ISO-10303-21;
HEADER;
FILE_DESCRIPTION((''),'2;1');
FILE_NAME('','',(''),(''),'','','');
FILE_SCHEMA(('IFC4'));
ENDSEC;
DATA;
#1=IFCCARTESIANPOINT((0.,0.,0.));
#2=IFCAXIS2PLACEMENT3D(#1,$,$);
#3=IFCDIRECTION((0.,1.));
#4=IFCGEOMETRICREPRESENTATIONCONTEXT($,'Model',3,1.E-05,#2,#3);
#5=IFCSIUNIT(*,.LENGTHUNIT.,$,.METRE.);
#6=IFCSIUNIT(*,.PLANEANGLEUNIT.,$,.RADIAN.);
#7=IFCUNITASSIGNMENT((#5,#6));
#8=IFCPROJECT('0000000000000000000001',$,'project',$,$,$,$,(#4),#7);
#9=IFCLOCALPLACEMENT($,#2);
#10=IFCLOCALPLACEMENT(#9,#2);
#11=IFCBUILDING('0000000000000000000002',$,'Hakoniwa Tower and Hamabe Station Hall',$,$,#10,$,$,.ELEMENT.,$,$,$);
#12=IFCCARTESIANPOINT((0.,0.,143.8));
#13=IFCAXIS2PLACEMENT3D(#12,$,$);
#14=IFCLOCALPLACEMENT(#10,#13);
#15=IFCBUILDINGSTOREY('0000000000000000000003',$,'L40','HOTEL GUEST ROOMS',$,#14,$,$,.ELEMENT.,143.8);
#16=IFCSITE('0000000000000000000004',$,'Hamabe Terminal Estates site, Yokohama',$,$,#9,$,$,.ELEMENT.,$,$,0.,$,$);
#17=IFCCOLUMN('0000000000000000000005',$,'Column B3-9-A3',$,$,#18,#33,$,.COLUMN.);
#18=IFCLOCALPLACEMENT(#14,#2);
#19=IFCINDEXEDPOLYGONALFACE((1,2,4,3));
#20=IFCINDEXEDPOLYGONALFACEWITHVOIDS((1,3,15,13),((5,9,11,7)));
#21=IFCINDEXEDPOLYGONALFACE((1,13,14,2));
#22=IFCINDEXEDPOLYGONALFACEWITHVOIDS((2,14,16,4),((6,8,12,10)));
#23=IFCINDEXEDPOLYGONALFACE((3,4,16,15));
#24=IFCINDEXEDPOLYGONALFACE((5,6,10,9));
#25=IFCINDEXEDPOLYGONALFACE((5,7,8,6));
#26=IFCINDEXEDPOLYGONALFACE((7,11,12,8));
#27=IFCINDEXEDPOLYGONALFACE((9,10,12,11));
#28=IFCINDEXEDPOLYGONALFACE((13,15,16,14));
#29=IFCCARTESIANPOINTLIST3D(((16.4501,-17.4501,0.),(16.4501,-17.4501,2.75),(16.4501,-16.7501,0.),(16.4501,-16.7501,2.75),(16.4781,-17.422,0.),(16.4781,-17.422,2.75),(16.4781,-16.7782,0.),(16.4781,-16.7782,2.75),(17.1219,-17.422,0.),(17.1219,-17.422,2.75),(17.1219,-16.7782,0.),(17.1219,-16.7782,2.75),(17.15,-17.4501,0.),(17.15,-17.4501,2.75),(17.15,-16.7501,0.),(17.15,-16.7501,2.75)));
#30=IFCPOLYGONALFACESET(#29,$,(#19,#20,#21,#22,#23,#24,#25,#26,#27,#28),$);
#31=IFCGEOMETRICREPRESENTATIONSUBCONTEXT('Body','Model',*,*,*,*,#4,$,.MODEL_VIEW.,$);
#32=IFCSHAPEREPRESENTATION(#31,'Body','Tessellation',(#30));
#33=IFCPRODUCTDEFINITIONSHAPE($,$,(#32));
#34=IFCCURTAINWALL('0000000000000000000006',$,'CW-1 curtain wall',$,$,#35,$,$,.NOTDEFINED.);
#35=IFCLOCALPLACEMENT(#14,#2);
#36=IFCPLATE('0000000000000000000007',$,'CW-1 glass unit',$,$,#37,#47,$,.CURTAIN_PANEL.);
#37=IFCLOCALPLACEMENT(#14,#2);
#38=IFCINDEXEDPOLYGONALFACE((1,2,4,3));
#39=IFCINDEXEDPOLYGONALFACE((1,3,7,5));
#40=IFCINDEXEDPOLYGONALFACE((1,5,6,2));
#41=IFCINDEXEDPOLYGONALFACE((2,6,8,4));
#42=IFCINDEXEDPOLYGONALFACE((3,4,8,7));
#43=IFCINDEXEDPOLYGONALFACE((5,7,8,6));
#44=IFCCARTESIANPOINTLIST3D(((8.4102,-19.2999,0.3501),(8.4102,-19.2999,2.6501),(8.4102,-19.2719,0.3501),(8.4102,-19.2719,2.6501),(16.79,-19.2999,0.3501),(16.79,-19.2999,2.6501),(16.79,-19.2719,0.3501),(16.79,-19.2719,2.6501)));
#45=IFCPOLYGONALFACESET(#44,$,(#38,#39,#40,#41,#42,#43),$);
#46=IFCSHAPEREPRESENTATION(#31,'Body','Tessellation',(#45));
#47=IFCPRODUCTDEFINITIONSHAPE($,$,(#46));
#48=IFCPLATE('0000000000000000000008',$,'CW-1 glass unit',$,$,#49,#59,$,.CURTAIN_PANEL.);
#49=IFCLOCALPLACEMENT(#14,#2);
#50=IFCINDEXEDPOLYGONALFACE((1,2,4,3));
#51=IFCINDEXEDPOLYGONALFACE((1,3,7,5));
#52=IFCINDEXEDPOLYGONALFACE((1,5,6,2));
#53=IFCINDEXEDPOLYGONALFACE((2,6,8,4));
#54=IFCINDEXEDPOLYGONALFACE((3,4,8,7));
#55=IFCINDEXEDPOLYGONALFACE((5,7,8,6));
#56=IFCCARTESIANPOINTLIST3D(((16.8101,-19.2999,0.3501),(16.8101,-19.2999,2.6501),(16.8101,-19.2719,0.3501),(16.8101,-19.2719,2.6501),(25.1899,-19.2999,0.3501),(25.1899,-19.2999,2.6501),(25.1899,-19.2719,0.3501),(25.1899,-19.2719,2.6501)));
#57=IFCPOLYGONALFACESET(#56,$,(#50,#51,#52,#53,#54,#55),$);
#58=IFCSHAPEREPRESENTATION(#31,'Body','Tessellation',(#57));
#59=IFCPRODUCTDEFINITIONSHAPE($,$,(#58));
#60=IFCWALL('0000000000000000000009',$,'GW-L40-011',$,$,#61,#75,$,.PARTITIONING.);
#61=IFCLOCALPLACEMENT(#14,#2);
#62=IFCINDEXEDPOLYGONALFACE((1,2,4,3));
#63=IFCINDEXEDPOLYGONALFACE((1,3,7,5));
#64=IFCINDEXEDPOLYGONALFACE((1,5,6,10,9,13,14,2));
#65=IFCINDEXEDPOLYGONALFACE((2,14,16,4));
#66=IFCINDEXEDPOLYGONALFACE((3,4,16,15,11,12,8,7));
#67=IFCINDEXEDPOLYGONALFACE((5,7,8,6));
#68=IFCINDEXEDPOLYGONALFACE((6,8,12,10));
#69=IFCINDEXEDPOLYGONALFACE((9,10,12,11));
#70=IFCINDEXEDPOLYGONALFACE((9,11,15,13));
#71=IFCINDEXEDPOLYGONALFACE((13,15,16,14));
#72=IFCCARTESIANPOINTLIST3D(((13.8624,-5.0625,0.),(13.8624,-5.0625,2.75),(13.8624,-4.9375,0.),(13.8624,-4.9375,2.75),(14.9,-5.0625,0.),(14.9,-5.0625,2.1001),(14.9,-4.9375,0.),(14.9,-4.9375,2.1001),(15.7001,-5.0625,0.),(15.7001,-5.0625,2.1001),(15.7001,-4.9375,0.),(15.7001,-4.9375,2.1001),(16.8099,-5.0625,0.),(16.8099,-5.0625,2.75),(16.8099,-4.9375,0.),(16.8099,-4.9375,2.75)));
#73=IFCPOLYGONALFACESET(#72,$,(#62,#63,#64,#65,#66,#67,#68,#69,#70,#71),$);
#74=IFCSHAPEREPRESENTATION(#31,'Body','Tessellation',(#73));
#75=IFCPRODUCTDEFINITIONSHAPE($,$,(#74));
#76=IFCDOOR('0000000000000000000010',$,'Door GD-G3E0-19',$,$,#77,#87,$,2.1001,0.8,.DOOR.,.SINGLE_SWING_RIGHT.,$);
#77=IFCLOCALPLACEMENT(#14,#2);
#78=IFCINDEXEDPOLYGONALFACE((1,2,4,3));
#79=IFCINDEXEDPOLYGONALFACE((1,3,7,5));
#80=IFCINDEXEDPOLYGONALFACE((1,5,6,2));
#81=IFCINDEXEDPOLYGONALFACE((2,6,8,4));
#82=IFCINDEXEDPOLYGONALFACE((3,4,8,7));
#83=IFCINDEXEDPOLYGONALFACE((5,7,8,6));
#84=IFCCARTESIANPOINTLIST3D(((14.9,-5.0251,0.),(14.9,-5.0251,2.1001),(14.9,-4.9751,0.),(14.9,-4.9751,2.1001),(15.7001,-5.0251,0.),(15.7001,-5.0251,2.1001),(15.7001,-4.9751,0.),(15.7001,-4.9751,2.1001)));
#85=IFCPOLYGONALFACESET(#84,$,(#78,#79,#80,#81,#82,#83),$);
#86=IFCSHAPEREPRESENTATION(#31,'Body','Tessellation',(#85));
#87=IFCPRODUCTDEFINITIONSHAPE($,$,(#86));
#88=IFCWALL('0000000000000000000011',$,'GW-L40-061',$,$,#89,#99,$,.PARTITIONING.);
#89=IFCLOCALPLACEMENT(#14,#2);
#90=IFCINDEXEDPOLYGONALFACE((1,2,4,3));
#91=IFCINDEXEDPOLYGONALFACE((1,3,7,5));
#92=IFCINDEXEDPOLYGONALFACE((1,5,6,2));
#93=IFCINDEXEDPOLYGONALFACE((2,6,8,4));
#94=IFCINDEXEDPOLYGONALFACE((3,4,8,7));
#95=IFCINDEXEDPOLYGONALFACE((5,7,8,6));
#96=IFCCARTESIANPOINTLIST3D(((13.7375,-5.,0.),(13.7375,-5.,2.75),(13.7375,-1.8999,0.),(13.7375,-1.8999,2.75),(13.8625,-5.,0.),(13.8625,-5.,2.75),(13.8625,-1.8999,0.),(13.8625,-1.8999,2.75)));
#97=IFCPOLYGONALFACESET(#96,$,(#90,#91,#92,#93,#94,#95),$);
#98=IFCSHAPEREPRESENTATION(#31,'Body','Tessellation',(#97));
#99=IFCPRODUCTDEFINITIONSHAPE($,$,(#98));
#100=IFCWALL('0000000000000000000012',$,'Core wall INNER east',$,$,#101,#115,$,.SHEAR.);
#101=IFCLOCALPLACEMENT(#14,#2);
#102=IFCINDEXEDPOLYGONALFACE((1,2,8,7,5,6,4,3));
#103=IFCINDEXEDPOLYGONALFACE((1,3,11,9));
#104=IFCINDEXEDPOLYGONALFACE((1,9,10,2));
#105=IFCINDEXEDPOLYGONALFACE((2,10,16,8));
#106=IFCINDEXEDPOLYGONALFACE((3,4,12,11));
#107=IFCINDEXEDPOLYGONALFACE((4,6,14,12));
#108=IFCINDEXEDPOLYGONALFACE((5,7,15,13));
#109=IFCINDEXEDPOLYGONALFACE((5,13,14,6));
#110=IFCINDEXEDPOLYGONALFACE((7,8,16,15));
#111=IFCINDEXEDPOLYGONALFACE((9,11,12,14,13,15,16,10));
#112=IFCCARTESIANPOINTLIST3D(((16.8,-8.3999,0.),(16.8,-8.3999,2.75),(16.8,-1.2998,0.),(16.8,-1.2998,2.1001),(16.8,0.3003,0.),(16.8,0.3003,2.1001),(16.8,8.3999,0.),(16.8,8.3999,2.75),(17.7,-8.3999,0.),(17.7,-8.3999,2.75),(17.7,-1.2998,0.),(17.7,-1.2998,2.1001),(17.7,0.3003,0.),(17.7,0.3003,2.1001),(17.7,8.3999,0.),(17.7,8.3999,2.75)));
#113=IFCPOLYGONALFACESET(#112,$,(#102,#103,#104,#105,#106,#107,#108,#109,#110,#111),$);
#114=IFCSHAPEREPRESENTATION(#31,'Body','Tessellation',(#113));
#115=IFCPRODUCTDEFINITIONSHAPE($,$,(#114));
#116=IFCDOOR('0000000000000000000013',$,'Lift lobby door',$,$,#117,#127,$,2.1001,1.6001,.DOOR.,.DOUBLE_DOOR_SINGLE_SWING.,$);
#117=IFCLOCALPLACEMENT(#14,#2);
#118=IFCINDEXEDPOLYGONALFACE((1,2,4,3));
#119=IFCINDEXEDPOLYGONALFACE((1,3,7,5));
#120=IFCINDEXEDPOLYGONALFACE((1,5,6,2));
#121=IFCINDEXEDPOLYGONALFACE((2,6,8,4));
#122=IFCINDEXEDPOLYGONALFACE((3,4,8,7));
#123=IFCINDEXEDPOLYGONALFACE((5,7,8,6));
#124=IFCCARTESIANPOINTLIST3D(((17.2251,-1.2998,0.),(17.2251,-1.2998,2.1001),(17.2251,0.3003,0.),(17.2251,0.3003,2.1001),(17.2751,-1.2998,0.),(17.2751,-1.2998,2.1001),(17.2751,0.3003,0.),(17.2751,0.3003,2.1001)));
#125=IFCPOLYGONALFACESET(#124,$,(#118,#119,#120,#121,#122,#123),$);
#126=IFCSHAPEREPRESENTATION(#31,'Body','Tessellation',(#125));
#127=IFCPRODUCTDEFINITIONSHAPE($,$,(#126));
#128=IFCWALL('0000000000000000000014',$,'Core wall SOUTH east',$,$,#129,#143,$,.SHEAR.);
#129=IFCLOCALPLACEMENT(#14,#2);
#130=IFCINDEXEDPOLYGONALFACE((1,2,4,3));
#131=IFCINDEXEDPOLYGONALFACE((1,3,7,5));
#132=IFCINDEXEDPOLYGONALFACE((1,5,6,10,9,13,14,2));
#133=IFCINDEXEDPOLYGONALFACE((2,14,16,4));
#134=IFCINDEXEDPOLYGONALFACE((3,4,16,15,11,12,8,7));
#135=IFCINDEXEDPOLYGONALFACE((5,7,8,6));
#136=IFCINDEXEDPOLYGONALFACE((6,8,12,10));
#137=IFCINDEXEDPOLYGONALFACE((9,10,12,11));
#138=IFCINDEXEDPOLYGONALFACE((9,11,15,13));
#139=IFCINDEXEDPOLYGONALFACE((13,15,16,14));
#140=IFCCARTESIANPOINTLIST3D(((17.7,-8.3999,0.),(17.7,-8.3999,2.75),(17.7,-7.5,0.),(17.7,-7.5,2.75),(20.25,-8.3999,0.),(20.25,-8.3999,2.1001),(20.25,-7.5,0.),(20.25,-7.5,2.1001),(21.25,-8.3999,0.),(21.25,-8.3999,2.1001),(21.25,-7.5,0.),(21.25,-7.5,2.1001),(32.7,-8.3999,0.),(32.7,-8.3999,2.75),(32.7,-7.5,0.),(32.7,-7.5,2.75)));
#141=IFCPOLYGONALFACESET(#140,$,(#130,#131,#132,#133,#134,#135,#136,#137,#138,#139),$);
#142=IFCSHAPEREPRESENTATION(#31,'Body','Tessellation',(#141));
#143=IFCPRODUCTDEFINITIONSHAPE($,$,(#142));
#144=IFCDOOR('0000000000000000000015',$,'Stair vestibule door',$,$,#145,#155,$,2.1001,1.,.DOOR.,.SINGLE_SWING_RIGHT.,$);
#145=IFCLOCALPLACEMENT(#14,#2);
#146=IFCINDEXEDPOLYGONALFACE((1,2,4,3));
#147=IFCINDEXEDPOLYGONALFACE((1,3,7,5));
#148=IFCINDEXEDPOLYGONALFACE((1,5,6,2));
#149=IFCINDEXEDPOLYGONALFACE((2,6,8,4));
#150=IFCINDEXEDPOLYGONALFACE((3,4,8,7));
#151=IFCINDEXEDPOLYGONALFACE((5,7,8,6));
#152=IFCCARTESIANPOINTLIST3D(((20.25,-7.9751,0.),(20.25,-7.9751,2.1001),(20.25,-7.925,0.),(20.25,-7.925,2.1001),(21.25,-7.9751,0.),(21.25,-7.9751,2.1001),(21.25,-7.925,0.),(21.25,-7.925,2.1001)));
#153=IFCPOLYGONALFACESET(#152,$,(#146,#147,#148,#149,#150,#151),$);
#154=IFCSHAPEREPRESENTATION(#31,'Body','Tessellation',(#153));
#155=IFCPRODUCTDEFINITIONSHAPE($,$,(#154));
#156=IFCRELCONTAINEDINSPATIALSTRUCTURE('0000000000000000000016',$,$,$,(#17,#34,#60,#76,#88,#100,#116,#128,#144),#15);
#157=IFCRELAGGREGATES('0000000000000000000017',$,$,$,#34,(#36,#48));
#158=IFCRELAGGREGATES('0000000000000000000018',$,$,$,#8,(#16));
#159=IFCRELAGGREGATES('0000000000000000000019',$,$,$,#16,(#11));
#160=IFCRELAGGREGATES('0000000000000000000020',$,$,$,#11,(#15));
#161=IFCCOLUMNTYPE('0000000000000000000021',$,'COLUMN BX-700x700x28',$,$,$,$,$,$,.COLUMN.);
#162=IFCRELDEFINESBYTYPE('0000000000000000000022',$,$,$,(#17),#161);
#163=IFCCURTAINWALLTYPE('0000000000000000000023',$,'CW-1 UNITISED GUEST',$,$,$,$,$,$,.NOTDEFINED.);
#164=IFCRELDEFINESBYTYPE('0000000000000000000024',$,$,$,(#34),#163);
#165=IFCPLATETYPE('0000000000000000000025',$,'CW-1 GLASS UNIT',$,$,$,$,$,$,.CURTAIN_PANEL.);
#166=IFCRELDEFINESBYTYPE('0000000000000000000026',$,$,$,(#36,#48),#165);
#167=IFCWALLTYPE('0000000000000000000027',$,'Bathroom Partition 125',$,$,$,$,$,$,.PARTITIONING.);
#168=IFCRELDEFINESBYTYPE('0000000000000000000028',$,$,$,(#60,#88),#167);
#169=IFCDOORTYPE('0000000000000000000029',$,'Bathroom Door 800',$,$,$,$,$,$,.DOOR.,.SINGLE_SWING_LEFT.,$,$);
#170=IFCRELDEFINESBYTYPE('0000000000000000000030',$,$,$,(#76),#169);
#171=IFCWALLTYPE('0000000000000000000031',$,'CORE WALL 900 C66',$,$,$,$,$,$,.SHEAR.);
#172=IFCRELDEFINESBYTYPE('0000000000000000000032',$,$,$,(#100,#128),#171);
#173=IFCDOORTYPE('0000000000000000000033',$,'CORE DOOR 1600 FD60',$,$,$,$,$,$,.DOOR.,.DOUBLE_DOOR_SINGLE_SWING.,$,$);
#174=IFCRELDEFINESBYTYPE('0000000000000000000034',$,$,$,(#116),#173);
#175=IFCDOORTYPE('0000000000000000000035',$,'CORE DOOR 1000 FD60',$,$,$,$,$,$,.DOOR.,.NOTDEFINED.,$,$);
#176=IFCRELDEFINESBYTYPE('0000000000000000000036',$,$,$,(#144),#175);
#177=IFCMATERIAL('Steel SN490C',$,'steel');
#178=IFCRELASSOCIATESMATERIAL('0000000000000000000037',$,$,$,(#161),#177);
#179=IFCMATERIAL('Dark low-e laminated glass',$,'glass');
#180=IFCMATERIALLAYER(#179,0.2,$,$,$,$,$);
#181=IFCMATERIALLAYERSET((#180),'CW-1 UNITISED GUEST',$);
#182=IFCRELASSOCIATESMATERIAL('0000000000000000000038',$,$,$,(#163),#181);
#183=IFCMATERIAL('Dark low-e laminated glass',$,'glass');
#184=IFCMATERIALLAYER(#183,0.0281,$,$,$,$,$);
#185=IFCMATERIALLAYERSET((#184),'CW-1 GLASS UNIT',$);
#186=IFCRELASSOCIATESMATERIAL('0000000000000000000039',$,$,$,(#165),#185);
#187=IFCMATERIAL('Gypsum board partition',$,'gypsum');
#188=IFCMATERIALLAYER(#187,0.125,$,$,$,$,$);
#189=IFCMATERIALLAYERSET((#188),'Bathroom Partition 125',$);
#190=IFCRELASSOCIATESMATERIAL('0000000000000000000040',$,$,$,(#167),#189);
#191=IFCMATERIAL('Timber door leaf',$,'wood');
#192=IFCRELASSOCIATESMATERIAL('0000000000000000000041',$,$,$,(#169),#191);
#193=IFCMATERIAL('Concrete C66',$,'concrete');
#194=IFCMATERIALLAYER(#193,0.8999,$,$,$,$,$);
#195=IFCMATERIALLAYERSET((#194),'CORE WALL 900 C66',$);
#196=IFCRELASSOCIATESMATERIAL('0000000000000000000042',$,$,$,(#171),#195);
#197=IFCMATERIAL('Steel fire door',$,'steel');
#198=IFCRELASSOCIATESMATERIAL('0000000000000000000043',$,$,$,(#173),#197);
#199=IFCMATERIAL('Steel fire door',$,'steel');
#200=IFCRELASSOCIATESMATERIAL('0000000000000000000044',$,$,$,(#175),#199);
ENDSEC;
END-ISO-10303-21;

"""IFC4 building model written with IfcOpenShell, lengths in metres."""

from ifc_helpers import new_model, si_unit, direction, frame, frame_2d, origin, origin_2d, place, context, subcontext, project, spatial, rectangle, hollow_rectangle, extrude, material, layer, layer_set, material_profile, profile_set, type_object, element, fill, aggregate, save


model = new_model("IFC4")

# Units and contexts
model_context = context("Model", 3, precision=1e-05, world=origin(), true_north=direction((0.0, 1.0)))
body_context = subcontext(model_context, "Body", "Model", "MODEL_VIEW")
ifc_project = project(units=[si_unit("LENGTHUNIT", "METRE"), si_unit("PLANEANGLEUNIT", "RADIAN")], contexts=[model_context])

# Site, building, storey
site_placement = place(None, origin())
site = spatial("IfcSite", under=ifc_project, at=site_placement, Name="Hamabe Terminal Estates site, Yokohama", CompositionType="ELEMENT", RefElevation=0.0)
building_placement = place(site_placement, origin())
building = spatial("IfcBuilding", under=site, at=building_placement, Name="Hakoniwa Tower and Hamabe Station Hall", CompositionType="ELEMENT")
storey_placement = place(building_placement, frame((0.0, 0.0, 143.8)))
storey = spatial("IfcBuildingStorey", under=building, at=storey_placement, Name="L40", Description="HOTEL GUEST ROOMS", CompositionType="ELEMENT", Elevation=143.8)

# Column
ifc_material_1 = material(Name="Steel SN490C", Category="steel")
ifc_material_profile = material_profile(ifc_material_1, hollow_rectangle(XDim=0.7, YDim=0.7, WallThickness=0.0281, at=origin_2d()), Name="BX-700x700x28")
ifc_profile_set = profile_set([ifc_material_profile], Name="Steel SN490C")
column_type = type_object("IfcColumnType", Name="COLUMN BX-700x700x28", PredefinedType="COLUMN", material=ifc_profile_set)
column_placement = place(storey_placement, frame((16.8, -17.1001, 0.0), z_axis=(0.0, 0.0, 1.0), x_axis=(1.0, 0.0, 0.0)))
element("IfcColumn", 1, at=column_placement, inside=storey, type_object=column_type, Name="Column B3-9-A3", PredefinedType="COLUMN", context=body_context, shape_type="SweptSolid", body=[
    extrude(hollow_rectangle(XDim=0.7, YDim=0.7, WallThickness=0.0281, at=origin_2d()), origin(), (0.0, 0.0, 1.0), 2.75),
])

# Curtain wall, plates
ifc_material_2 = material(Name="Dark low-e laminated glass", Category="glass")
ifc_layer_1 = layer(ifc_material_2, 0.2)
ifc_layer_set_1 = layer_set([ifc_layer_1], Name="CW-1 UNITISED GUEST")
curtain_wall_type = type_object("IfcCurtainWallType", Name="CW-1 UNITISED GUEST", PredefinedType="NOTDEFINED", material=ifc_layer_set_1)
curtain_wall_placement = place(storey_placement, origin())
curtain_wall = element("IfcCurtainWall", 2, at=curtain_wall_placement, inside=storey, type_object=curtain_wall_type, Name="CW-1 curtain wall", PredefinedType="NOTDEFINED")
ifc_material_3 = material(Name="Dark low-e laminated glass", Category="glass")
ifc_layer_2 = layer(ifc_material_3, 0.0281)
ifc_layer_set_2 = layer_set([ifc_layer_2], Name="CW-1 GLASS UNIT")
plate_type = type_object("IfcPlateType", Name="CW-1 GLASS UNIT", PredefinedType="CURTAIN_PANEL", material=ifc_layer_set_2)
plate_1_placement = place(storey_placement, frame((12.6001, -19.2859, 0.3501), z_axis=(0.0, 0.0, 1.0), x_axis=(1.0, 0.0, 0.0)))
plate_1 = element("IfcPlate", 3, at=plate_1_placement, type_object=plate_type, Name="CW-1 glass unit", PredefinedType="CURTAIN_PANEL", context=body_context, shape_type="SweptSolid", body=[
    extrude(rectangle(XDim=8.3799, YDim=0.0281, at=origin_2d()), origin(), (0.0, 0.0, 1.0), 2.3),
])
plate_2_placement = place(storey_placement, frame((21.0, -19.2859, 0.3501), z_axis=(0.0, 0.0, 1.0), x_axis=(1.0, 0.0, 0.0)))
plate_2 = element("IfcPlate", 4, at=plate_2_placement, type_object=plate_type, Name="CW-1 glass unit", PredefinedType="CURTAIN_PANEL", context=body_context, shape_type="SweptSolid", body=[
    extrude(rectangle(XDim=8.3799, YDim=0.0281, at=origin_2d()), origin(), (0.0, 0.0, 1.0), 2.3),
])
aggregate(curtain_wall, [plate_1, plate_2])

# Wall, opening, door
ifc_material_4 = material(Name="Gypsum board partition", Category="gypsum")
ifc_layer_3 = layer(ifc_material_4, 0.125)
ifc_layer_set_3 = layer_set([ifc_layer_3], Name="Bathroom Partition 125")
wall_type_1 = type_object("IfcWallType", Name="Bathroom Partition 125", PredefinedType="PARTITIONING", material=ifc_layer_set_3)
wall_1_placement = place(storey_placement, frame((13.8625, -5.0, 0.0), z_axis=(0.0, 0.0, 1.0), x_axis=(1.0, 0.0, 0.0)))
wall_1 = element("IfcWall", 5, at=wall_1_placement, inside=storey, type_object=wall_type_1, Name="GW-L40-011", PredefinedType="PARTITIONING", context=body_context, shape_type="SweptSolid", body=[
    extrude(rectangle(XDim=2.9475, YDim=0.125, at=frame_2d((1.4736, 0.0))), origin(), (0.0, 0.0, 1.0), 2.75),
])
opening_1_placement = place(wall_1_placement, frame((1.0376, 0.0, 0.0)))
opening_1 = element("IfcOpeningElement", 6, at=opening_1_placement, cuts=wall_1, PredefinedType="OPENING", context=body_context, shape_type="SweptSolid", body=[
    extrude(rectangle(XDim=0.8, YDim=2.1001, at=frame_2d((0.3999, 1.05))), frame((0.0, 0.0725, 0.0), z_axis=(0.0, -1.0, 0.0), x_axis=(1.0, 0.0, 0.0)), (0.0, 0.0, 1.0), 0.145),
])
ifc_material_5 = material(Name="Timber door leaf", Category="wood")
door_type_1 = type_object("IfcDoorType", Name="Bathroom Door 800", OperationType="SINGLE_SWING_LEFT", PredefinedType="DOOR", material=ifc_material_5)
door_1_placement = place(opening_1_placement, origin())
door_1 = element("IfcDoor", 7, at=door_1_placement, inside=storey, type_object=door_type_1, Name="Door GD-G3E0-19", OperationType="SINGLE_SWING_RIGHT", OverallHeight=2.1001, OverallWidth=0.8, PredefinedType="DOOR", context=body_context, shape_type="SweptSolid", body=[
    extrude(rectangle(XDim=0.8, YDim=2.1001, at=frame_2d((0.3999, 1.05))), frame((0.0, 0.0249, 0.0), z_axis=(0.0, -1.0, 0.0), x_axis=(1.0, 0.0, 0.0)), (0.0, 0.0, 1.0), 0.05),
])
fill(opening_1, door_1)

# Wall
wall_2_placement = place(storey_placement, frame((13.8, -5.0, 0.0), z_axis=(0.0, 0.0, 1.0), x_axis=(0.0, 1.0, 0.0)))
element("IfcWall", 8, at=wall_2_placement, inside=storey, type_object=wall_type_1, Name="GW-L40-061", PredefinedType="PARTITIONING", context=body_context, shape_type="SweptSolid", body=[
    extrude(rectangle(XDim=3.1001, YDim=0.125, at=frame_2d((1.55, 0.0))), origin(), (0.0, 0.0, 1.0), 2.75),
])

# Walls, openings, doors
ifc_material_6 = material(Name="Concrete C66", Category="concrete")
ifc_layer_4 = layer(ifc_material_6, 0.8999)
ifc_layer_set_4 = layer_set([ifc_layer_4], Name="CORE WALL 900 C66")
wall_type_2 = type_object("IfcWallType", Name="CORE WALL 900 C66", PredefinedType="SHEAR", material=ifc_layer_set_4)
wall_3_placement = place(storey_placement, frame((17.25, -8.3999, 0.0), z_axis=(0.0, 0.0, 1.0), x_axis=(0.0, 1.0, 0.0)))
wall_3 = element("IfcWall", 9, at=wall_3_placement, inside=storey, type_object=wall_type_2, Name="Core wall INNER east", PredefinedType="SHEAR", context=body_context, shape_type="SweptSolid", body=[
    extrude(rectangle(XDim=16.7998, YDim=0.8999, at=frame_2d((8.3999, 0.0))), origin(), (0.0, 0.0, 1.0), 2.75),
])
opening_2_placement = place(wall_3_placement, frame((7.1001, 0.0, 0.0)))
opening_2 = element("IfcOpeningElement", 10, at=opening_2_placement, cuts=wall_3, PredefinedType="OPENING", context=body_context, shape_type="SweptSolid", body=[
    extrude(rectangle(XDim=1.6001, YDim=2.1001, at=frame_2d((0.8, 1.05))), frame((0.0, 0.46, 0.0), z_axis=(0.0, -1.0, 0.0), x_axis=(1.0, 0.0, 0.0)), (0.0, 0.0, 1.0), 0.9199),
])
ifc_material_7 = material(Name="Steel fire door", Category="steel")
door_type_2 = type_object("IfcDoorType", Name="CORE DOOR 1600 FD60", OperationType="DOUBLE_DOOR_SINGLE_SWING", PredefinedType="DOOR", material=ifc_material_7)
door_2_placement = place(opening_2_placement, origin())
door_2 = element("IfcDoor", 11, at=door_2_placement, inside=storey, type_object=door_type_2, Name="Lift lobby door", OperationType="DOUBLE_DOOR_SINGLE_SWING", OverallHeight=2.1001, OverallWidth=1.6001, PredefinedType="DOOR", context=body_context, shape_type="SweptSolid", body=[
    extrude(rectangle(XDim=1.6001, YDim=2.1001, at=frame_2d((0.8, 1.05))), frame((0.0, 0.0249, 0.0), z_axis=(0.0, -1.0, 0.0), x_axis=(1.0, 0.0, 0.0)), (0.0, 0.0, 1.0), 0.05),
])
fill(opening_2, door_2)
wall_4_placement = place(storey_placement, frame((17.7, -7.95, 0.0), z_axis=(0.0, 0.0, 1.0), x_axis=(1.0, 0.0, 0.0)))
wall_4 = element("IfcWall", 12, at=wall_4_placement, inside=storey, type_object=wall_type_2, Name="Core wall SOUTH east", PredefinedType="SHEAR", context=body_context, shape_type="SweptSolid", body=[
    extrude(rectangle(XDim=15.0, YDim=0.8999, at=frame_2d((7.5, 0.0))), origin(), (0.0, 0.0, 1.0), 2.75),
])
opening_3_placement = place(wall_4_placement, frame((2.55, 0.0, 0.0)))
opening_3 = element("IfcOpeningElement", 13, at=opening_3_placement, cuts=wall_4, PredefinedType="OPENING", context=body_context, shape_type="SweptSolid", body=[
    extrude(rectangle(XDim=1.0, YDim=2.1001, at=frame_2d((0.5, 1.05))), frame((0.0, 0.46, 0.0), z_axis=(0.0, -1.0, 0.0), x_axis=(1.0, 0.0, 0.0)), (0.0, 0.0, 1.0), 0.9199),
])
ifc_material_8 = material(Name="Steel fire door", Category="steel")
door_type_3 = type_object("IfcDoorType", Name="CORE DOOR 1000 FD60", OperationType="NOTDEFINED", PredefinedType="DOOR", material=ifc_material_8)
door_3_placement = place(opening_3_placement, origin())
door_3 = element("IfcDoor", 14, at=door_3_placement, inside=storey, type_object=door_type_3, Name="Stair vestibule door", OperationType="SINGLE_SWING_RIGHT", OverallHeight=2.1001, OverallWidth=1.0, PredefinedType="DOOR", context=body_context, shape_type="SweptSolid", body=[
    extrude(rectangle(XDim=1.0, YDim=2.1001, at=frame_2d((0.5, 1.05))), frame((0.0, 0.0249, 0.0), z_axis=(0.0, -1.0, 0.0), x_axis=(1.0, 0.0, 0.0)), (0.0, 0.0, 1.0), 0.05),
])
fill(opening_3, door_3)

save(model, "model.ifc")
